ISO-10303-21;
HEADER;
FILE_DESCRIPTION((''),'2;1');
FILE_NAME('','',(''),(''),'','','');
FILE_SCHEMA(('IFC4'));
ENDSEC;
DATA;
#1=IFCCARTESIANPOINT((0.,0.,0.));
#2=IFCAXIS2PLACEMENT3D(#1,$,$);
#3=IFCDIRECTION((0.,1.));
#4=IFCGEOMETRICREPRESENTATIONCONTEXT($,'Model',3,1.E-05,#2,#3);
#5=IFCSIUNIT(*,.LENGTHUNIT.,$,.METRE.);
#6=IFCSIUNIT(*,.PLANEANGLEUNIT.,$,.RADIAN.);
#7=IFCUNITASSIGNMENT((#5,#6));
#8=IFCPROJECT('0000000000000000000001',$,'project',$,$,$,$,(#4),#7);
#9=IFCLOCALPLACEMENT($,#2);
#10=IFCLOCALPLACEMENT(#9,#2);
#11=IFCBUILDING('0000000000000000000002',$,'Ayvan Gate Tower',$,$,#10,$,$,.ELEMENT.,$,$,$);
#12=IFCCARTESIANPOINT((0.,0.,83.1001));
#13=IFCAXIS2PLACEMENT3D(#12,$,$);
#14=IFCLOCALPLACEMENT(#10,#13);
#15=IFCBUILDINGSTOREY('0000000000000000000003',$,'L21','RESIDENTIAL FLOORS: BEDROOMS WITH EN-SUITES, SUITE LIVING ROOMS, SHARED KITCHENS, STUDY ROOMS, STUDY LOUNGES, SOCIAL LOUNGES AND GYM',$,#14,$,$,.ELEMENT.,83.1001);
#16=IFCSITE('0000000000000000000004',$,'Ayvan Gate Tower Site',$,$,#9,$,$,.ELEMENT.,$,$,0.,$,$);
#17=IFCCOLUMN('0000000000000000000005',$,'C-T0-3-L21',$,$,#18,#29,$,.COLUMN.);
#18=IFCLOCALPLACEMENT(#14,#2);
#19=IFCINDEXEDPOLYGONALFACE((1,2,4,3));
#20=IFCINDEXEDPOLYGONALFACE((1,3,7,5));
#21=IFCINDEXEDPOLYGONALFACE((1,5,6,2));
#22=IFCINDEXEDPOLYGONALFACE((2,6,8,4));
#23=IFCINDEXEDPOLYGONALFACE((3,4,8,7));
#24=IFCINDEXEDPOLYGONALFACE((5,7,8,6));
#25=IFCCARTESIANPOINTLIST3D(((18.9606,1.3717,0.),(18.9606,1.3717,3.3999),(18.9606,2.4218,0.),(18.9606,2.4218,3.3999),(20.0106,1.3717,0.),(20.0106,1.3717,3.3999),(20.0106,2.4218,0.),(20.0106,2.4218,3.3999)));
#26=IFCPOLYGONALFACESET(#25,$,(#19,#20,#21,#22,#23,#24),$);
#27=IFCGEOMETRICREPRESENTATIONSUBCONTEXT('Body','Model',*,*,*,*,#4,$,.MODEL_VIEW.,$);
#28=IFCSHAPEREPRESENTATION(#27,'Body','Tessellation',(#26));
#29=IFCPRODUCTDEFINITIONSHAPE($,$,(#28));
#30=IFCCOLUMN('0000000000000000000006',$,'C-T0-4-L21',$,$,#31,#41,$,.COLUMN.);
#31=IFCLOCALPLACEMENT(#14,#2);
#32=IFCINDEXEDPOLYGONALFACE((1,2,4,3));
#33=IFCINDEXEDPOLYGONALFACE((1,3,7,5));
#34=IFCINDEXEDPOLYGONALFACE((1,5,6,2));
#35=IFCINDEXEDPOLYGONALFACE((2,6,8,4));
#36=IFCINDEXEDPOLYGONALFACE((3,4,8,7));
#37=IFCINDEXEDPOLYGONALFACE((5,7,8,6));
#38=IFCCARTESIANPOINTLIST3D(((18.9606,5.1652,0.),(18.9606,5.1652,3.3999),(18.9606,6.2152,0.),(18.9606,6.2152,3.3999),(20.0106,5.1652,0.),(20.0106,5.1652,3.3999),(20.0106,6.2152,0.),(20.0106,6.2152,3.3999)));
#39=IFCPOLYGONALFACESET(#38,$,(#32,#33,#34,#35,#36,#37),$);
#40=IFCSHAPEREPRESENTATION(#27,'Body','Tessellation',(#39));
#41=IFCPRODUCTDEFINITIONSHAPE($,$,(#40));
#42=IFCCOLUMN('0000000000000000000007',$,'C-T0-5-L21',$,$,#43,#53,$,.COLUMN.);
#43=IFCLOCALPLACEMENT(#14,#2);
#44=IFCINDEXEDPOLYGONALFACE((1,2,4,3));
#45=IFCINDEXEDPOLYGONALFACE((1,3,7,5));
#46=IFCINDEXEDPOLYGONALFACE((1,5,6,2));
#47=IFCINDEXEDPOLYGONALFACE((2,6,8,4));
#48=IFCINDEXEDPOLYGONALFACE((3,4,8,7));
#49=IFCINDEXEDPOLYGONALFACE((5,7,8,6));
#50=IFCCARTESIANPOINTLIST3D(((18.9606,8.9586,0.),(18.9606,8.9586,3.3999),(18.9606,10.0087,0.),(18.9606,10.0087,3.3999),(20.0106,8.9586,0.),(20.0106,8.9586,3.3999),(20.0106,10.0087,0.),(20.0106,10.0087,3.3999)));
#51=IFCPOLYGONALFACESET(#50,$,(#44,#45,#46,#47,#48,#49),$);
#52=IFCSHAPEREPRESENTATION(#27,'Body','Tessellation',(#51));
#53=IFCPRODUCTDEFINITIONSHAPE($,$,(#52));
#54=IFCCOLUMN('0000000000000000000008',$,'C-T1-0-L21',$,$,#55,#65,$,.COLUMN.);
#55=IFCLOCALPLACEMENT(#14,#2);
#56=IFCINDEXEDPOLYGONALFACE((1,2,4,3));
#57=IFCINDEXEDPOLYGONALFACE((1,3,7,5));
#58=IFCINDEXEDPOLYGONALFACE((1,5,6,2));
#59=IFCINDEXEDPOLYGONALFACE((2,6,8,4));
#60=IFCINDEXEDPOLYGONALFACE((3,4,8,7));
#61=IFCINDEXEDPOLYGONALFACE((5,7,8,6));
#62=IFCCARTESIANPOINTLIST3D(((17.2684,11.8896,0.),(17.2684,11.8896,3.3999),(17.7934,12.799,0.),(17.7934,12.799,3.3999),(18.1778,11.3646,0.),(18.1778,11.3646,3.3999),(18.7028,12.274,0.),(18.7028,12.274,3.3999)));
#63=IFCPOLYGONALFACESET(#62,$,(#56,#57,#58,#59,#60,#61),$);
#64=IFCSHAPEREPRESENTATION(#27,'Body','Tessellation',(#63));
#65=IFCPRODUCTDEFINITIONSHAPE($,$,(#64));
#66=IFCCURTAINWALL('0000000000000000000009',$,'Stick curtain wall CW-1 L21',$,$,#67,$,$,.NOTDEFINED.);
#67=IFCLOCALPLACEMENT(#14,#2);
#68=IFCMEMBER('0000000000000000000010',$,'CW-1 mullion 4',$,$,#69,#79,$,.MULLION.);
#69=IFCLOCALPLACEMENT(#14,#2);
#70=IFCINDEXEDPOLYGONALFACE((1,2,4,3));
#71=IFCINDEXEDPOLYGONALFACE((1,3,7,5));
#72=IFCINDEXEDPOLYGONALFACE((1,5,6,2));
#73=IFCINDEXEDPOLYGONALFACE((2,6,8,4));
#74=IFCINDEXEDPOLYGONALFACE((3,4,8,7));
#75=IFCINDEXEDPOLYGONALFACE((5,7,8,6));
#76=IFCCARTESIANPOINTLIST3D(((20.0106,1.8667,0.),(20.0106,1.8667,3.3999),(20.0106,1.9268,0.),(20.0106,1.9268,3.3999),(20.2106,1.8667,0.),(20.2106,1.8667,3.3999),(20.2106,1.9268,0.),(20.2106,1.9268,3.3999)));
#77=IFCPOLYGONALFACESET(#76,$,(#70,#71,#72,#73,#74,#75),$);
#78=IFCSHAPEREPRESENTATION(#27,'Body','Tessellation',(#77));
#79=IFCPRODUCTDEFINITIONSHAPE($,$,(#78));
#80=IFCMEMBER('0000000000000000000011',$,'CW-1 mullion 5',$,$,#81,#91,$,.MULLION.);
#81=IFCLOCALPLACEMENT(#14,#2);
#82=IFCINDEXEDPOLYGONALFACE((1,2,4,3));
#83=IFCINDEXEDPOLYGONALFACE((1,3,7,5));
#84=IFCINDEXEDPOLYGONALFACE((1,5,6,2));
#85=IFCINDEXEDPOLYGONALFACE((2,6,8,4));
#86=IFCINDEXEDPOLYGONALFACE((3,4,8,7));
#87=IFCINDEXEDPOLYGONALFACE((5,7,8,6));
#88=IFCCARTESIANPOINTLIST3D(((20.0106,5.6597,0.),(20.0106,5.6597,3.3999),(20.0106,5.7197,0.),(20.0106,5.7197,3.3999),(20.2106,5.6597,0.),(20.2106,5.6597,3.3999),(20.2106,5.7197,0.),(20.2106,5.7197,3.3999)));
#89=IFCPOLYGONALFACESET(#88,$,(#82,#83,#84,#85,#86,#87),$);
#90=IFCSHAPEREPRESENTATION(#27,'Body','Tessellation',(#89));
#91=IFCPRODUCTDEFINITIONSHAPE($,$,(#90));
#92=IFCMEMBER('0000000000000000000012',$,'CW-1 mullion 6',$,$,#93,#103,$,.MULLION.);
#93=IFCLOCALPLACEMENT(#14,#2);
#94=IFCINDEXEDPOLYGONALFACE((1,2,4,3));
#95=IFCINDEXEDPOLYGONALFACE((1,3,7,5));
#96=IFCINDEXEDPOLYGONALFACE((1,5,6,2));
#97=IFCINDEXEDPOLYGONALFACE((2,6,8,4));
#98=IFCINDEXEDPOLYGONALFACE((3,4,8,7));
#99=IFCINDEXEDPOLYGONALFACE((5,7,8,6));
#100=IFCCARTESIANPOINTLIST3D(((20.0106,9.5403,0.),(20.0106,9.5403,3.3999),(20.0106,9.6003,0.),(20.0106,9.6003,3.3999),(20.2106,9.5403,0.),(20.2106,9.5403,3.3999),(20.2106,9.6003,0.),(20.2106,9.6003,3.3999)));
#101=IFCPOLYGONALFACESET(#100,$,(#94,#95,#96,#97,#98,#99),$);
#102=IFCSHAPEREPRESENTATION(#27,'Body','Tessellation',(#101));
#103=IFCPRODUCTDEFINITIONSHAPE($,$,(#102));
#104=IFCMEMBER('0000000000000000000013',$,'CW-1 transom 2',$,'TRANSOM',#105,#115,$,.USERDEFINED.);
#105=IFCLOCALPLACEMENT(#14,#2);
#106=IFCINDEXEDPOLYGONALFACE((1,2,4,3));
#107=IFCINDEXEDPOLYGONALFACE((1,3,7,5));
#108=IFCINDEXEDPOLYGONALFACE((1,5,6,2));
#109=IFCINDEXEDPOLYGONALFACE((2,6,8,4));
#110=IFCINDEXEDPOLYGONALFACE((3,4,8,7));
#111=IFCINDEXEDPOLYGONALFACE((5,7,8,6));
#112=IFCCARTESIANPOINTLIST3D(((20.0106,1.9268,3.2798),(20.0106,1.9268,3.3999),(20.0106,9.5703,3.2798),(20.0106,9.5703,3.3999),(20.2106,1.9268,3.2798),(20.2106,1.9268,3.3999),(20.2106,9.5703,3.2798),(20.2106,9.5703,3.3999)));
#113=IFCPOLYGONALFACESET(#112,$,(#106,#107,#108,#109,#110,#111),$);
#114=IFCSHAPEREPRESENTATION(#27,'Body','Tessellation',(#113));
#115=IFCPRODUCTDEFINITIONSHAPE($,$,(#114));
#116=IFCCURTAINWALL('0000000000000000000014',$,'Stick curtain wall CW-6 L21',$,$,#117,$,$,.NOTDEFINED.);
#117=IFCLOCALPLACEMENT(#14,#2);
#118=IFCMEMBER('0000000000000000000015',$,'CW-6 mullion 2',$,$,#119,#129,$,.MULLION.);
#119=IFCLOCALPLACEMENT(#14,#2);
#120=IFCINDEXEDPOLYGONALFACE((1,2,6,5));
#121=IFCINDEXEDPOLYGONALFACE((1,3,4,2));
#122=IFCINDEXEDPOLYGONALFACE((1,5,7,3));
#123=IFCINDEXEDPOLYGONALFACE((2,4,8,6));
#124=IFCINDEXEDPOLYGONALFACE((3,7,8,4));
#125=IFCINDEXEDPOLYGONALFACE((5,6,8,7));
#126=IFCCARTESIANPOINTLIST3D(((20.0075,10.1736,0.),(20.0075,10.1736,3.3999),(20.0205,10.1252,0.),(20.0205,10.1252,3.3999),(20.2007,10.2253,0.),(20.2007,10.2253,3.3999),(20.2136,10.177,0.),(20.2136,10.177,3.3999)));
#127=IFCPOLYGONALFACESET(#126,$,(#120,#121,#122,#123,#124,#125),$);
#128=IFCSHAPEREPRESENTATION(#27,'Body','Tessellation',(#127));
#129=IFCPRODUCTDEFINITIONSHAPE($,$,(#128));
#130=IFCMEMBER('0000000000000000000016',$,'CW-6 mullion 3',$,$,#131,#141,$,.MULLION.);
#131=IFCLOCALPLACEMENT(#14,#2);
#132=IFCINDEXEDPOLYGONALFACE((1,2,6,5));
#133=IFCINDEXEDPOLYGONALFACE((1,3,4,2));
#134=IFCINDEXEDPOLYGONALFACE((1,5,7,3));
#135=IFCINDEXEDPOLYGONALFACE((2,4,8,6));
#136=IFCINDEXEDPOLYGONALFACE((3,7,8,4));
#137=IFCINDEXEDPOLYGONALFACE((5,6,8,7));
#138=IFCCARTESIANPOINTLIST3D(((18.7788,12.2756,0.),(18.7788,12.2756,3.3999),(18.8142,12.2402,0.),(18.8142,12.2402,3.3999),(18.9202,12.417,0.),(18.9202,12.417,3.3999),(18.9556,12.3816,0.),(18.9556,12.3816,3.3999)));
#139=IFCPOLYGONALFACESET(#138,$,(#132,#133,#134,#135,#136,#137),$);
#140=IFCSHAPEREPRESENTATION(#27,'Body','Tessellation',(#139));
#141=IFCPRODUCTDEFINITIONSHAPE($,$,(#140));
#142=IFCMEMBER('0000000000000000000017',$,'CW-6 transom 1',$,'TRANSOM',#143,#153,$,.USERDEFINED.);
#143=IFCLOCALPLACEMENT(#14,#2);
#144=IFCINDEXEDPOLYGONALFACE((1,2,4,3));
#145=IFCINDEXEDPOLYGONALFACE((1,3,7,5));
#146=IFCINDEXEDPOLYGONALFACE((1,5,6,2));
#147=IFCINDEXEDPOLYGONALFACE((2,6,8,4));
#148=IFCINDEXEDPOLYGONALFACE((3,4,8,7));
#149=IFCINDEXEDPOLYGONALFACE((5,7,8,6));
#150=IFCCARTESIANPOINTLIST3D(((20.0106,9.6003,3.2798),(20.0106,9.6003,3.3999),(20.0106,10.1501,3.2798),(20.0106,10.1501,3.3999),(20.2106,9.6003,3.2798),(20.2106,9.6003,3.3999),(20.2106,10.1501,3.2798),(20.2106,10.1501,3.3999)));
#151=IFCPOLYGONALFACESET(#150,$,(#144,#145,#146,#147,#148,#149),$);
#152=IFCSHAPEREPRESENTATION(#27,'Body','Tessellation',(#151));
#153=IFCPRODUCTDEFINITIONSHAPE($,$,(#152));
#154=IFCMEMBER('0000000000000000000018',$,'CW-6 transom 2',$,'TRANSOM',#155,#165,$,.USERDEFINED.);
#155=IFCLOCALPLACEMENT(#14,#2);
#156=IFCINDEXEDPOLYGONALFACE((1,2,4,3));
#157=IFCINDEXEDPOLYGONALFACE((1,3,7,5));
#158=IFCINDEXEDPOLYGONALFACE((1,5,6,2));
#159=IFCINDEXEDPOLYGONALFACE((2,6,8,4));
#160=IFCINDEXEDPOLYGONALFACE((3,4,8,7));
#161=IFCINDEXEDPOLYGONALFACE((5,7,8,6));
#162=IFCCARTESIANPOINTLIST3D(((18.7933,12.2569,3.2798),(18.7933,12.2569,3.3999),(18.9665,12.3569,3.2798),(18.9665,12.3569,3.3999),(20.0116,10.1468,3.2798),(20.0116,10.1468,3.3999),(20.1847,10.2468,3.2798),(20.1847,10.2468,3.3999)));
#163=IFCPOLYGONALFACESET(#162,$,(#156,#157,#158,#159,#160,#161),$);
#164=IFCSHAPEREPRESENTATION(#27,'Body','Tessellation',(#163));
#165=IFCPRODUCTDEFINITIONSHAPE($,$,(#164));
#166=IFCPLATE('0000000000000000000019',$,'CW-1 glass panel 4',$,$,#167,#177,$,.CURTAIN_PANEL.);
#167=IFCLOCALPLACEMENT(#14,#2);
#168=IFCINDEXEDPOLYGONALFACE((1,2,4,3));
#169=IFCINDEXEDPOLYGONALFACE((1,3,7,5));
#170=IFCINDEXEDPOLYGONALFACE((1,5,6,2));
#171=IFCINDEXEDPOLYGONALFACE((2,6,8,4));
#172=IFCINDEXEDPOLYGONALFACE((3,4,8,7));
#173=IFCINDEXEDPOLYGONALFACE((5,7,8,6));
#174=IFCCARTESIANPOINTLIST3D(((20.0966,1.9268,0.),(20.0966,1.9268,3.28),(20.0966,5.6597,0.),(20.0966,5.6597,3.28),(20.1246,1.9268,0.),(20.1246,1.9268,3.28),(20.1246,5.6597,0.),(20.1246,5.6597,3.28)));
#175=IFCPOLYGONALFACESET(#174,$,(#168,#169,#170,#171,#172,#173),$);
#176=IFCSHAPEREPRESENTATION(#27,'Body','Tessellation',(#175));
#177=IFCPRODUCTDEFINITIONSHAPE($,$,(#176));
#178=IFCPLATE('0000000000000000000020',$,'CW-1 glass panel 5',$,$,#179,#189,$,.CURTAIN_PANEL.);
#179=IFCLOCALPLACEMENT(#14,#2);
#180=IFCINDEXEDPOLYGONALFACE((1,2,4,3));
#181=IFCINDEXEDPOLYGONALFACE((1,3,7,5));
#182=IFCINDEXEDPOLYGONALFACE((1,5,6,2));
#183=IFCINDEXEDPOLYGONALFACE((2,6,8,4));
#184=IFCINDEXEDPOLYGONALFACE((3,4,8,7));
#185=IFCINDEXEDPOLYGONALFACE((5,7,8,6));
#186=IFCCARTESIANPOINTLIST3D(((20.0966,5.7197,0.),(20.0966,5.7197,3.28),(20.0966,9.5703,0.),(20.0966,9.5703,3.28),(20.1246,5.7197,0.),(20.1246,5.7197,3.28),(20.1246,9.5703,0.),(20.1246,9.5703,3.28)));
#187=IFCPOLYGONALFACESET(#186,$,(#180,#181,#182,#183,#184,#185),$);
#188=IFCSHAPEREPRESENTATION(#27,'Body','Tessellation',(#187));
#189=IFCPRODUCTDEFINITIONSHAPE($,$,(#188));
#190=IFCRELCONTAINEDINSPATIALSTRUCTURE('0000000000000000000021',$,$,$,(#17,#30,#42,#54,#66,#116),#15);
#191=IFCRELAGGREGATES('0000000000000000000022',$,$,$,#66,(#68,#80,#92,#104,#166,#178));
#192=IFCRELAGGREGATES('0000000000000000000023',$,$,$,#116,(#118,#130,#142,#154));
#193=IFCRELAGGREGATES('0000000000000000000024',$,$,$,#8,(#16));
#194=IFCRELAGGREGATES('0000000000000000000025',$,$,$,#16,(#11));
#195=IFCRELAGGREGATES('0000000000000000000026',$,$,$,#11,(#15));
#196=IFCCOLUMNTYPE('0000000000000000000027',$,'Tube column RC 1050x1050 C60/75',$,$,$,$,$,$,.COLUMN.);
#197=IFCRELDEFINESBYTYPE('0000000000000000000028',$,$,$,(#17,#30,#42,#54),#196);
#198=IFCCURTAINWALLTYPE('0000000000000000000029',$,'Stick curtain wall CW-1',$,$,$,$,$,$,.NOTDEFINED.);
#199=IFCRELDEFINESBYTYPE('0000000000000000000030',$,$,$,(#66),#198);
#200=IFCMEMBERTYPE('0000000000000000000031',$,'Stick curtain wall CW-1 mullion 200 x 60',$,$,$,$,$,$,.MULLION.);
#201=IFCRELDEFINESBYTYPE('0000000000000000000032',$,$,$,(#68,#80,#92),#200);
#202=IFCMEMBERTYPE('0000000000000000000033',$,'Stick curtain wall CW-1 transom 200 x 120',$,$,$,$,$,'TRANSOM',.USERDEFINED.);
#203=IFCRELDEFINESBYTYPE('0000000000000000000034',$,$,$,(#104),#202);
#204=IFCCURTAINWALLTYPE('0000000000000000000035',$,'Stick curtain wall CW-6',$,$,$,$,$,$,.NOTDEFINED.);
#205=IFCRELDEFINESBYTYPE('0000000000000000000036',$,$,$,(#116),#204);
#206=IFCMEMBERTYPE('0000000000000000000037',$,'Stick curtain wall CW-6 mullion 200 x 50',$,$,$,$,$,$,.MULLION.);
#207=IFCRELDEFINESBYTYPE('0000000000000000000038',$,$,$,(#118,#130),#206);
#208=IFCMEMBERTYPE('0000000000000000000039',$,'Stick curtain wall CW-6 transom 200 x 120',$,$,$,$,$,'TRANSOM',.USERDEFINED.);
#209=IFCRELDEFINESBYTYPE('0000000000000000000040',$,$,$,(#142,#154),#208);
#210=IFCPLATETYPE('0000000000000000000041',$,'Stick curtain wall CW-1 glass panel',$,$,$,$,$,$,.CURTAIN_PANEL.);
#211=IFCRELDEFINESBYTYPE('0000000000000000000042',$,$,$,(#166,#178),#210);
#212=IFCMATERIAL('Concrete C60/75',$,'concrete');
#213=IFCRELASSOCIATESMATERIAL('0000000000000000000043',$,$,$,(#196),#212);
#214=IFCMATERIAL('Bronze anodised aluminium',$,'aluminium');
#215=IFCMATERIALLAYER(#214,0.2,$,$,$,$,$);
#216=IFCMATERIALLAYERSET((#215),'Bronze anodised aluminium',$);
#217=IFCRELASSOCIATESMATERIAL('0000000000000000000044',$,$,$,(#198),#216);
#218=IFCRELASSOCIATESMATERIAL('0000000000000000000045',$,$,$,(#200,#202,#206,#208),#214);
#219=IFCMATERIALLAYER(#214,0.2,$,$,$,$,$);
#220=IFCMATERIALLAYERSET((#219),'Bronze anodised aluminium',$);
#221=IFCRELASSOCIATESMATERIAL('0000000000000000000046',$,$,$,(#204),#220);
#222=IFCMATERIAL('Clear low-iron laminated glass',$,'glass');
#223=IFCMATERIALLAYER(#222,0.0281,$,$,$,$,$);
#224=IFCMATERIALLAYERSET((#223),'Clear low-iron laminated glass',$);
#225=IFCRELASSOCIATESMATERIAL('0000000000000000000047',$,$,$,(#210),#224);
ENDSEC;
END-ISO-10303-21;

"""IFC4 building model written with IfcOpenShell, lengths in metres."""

from ifc_helpers import new_model, si_unit, direction, frame, origin, origin_2d, place, context, subcontext, project, spatial, rectangle, extrude, material, layer, layer_set, material_profile, profile_set, type_object, element, aggregate, save


model = new_model("IFC4")

# Units and contexts
model_context = context("Model", 3, precision=1e-05, world=origin(), true_north=direction((0.0, 1.0)))
body_context = subcontext(model_context, "Body", "Model", "MODEL_VIEW")
ifc_project = project(units=[si_unit("LENGTHUNIT", "METRE"), si_unit("PLANEANGLEUNIT", "RADIAN")], contexts=[model_context])

# Site, building, storey
site_placement = place(None, origin())
site = spatial("IfcSite", under=ifc_project, at=site_placement, Name="Ayvan Gate Tower Site", CompositionType="ELEMENT", RefElevation=0.0)
building_placement = place(site_placement, origin())
building = spatial("IfcBuilding", under=site, at=building_placement, Name="Ayvan Gate Tower", CompositionType="ELEMENT")
storey_placement = place(building_placement, frame((0.0, 0.0, 83.1001)))
storey = spatial("IfcBuildingStorey", under=building, at=storey_placement, Name="L21", Description="RESIDENTIAL FLOORS: BEDROOMS WITH EN-SUITES, SUITE LIVING ROOMS, SHARED KITCHENS, STUDY ROOMS, STUDY LOUNGES, SOCIAL LOUNGES AND GYM", CompositionType="ELEMENT", Elevation=83.1001)

# Columns
ifc_material_1 = material(Name="Concrete C60/75", Category="concrete")
ifc_material_profile_1 = material_profile(ifc_material_1, rectangle(XDim=1.05, YDim=1.05, at=origin_2d()), Name="RC 1050x1050")
ifc_profile_set_1 = profile_set([ifc_material_profile_1], Name="Concrete C60/75")
column_type = type_object("IfcColumnType", Name="Tube column RC 1050x1050 C60/75", PredefinedType="COLUMN", material=ifc_profile_set_1)
for number, where, z_axis, x_axis, name in (
    (1, (19.4856, 1.8967, 0.0), (0.0, 0.0, 1.0), (1.0, 0.0, 0.0), "C-T0-3-L21"),
    (2, (19.4856, 5.6902, 0.0), (0.0, 0.0, 1.0), (1.0, 0.0, 0.0), "C-T0-4-L21"),
    (3, (19.4856, 9.4836, 0.0), (0.0, 0.0, 1.0), (1.0, 0.0, 0.0), "C-T0-5-L21"),
    (4, (17.9856, 12.0818, 0.0), (0.0, 0.0, 1.0), (0.5, 0.866025, 0.0), "C-T1-0-L21"),
):
    element("IfcColumn", number, at=place(storey_placement, frame(where, z_axis=z_axis, x_axis=x_axis)), inside=storey, type_object=column_type, Name=name, PredefinedType="COLUMN", context=body_context, shape_type="SweptSolid", body=[
        extrude(rectangle(XDim=1.05, YDim=1.05, at=origin_2d()), origin(), (0.0, 0.0, 1.0), 3.3999),
    ])

# Curtain walls, members
ifc_material_2 = material(Name="Bronze anodised aluminium", Category="aluminium")
ifc_layer_1 = layer(ifc_material_2, 0.2)
ifc_layer_set_1 = layer_set([ifc_layer_1], Name="Bronze anodised aluminium")
curtain_wall_type_1 = type_object("IfcCurtainWallType", Name="Stick curtain wall CW-1", PredefinedType="NOTDEFINED", material=ifc_layer_set_1)
curtain_wall_1_placement = place(storey_placement, origin())
curtain_wall_1 = element("IfcCurtainWall", 5, at=curtain_wall_1_placement, inside=storey, type_object=curtain_wall_type_1, Name="Stick curtain wall CW-1 L21", PredefinedType="NOTDEFINED")
ifc_material_profile_2 = material_profile(ifc_material_2, rectangle(XDim=0.2, YDim=0.0601, at=origin_2d()), Name="Stick curtain wall CW-1 mullion 200 x 60")
ifc_profile_set_2 = profile_set([ifc_material_profile_2], Name="Bronze anodised aluminium")
member_type_1 = type_object("IfcMemberType", Name="Stick curtain wall CW-1 mullion 200 x 60", PredefinedType="MULLION", material=ifc_profile_set_2)
member_1_placement = place(storey_placement, frame((20.1106, 1.8967, 0.0), z_axis=(0.0, 0.0, 1.0), x_axis=(1.0, 0.0, 0.0)))
member_1 = element("IfcMember", 6, at=member_1_placement, type_object=member_type_1, Name="CW-1 mullion 4", PredefinedType="MULLION", context=body_context, shape_type="SweptSolid", body=[
    extrude(rectangle(XDim=0.2, YDim=0.0601, at=origin_2d()), origin(), (0.0, 0.0, 1.0), 3.3999),
])
member_2_placement = place(storey_placement, frame((20.1106, 5.6897, 0.0), z_axis=(0.0, 0.0, 1.0), x_axis=(1.0, 0.0, 0.0)))
member_2 = element("IfcMember", 7, at=member_2_placement, type_object=member_type_1, Name="CW-1 mullion 5", PredefinedType="MULLION", context=body_context, shape_type="SweptSolid", body=[
    extrude(rectangle(XDim=0.2, YDim=0.0601, at=origin_2d()), origin(), (0.0, 0.0, 1.0), 3.3999),
])
member_3_placement = place(storey_placement, frame((20.1106, 9.5703, 0.0), z_axis=(0.0, 0.0, 1.0), x_axis=(1.0, 0.0, 0.0)))
member_3 = element("IfcMember", 8, at=member_3_placement, type_object=member_type_1, Name="CW-1 mullion 6", PredefinedType="MULLION", context=body_context, shape_type="SweptSolid", body=[
    extrude(rectangle(XDim=0.2, YDim=0.0601, at=origin_2d()), origin(), (0.0, 0.0, 1.0), 3.3999),
])
ifc_material_profile_3 = material_profile(ifc_material_2, rectangle(XDim=0.2, YDim=0.1201, at=origin_2d()), Name="Stick curtain wall CW-1 transom 200 x 120")
ifc_profile_set_3 = profile_set([ifc_material_profile_3], Name="Bronze anodised aluminium")
member_type_2 = type_object("IfcMemberType", Name="Stick curtain wall CW-1 transom 200 x 120", ElementType="TRANSOM", PredefinedType="USERDEFINED", material=ifc_profile_set_3)
member_4_placement = place(storey_placement, frame((20.1106, 1.9268, 3.3398), z_axis=(0.0, 1.0, 0.0), x_axis=(-1.0, 0.0, 0.0)))
member_4 = element("IfcMember", 9, at=member_4_placement, type_object=member_type_2, Name="CW-1 transom 2", ObjectType="TRANSOM", PredefinedType="USERDEFINED", context=body_context, shape_type="SweptSolid", body=[
    extrude(rectangle(XDim=0.2, YDim=0.1201, at=origin_2d()), origin(), (0.0, 0.0, 1.0), 7.6436),
])
ifc_layer_2 = layer(ifc_material_2, 0.2)
ifc_layer_set_2 = layer_set([ifc_layer_2], Name="Bronze anodised aluminium")
curtain_wall_type_2 = type_object("IfcCurtainWallType", Name="Stick curtain wall CW-6", PredefinedType="NOTDEFINED", material=ifc_layer_set_2)
curtain_wall_2_placement = place(storey_placement, origin())
curtain_wall_2 = element("IfcCurtainWall", 10, at=curtain_wall_2_placement, inside=storey, type_object=curtain_wall_type_2, Name="Stick curtain wall CW-6 L21", PredefinedType="NOTDEFINED")
ifc_material_profile_4 = material_profile(ifc_material_2, rectangle(XDim=0.2, YDim=0.05, at=origin_2d()), Name="Stick curtain wall CW-6 mullion 200 x 50")
ifc_profile_set_4 = profile_set([ifc_material_profile_4], Name="Bronze anodised aluminium")
member_type_3 = type_object("IfcMemberType", Name="Stick curtain wall CW-6 mullion 200 x 50", PredefinedType="MULLION", material=ifc_profile_set_4)
member_5_placement = place(storey_placement, frame((20.1106, 10.1753, 0.0), z_axis=(0.0, 0.0, 1.0), x_axis=(0.965926, 0.258819, 0.0)))
member_5 = element("IfcMember", 11, at=member_5_placement, type_object=member_type_3, Name="CW-6 mullion 2", PredefinedType="MULLION", context=body_context, shape_type="SweptSolid", body=[
    extrude(rectangle(XDim=0.2, YDim=0.05, at=origin_2d()), origin(), (0.0, 0.0, 1.0), 3.3999),
])
member_6_placement = place(storey_placement, frame((18.8672, 12.3286, 0.0), z_axis=(0.0, 0.0, 1.0), x_axis=(0.707107, 0.707107, 0.0)))
member_6 = element("IfcMember", 12, at=member_6_placement, type_object=member_type_3, Name="CW-6 mullion 3", PredefinedType="MULLION", context=body_context, shape_type="SweptSolid", body=[
    extrude(rectangle(XDim=0.2, YDim=0.05, at=origin_2d()), origin(), (0.0, 0.0, 1.0), 3.3999),
])
ifc_material_profile_5 = material_profile(ifc_material_2, rectangle(XDim=0.2, YDim=0.1201, at=origin_2d()), Name="Stick curtain wall CW-6 transom 200 x 120")
ifc_profile_set_5 = profile_set([ifc_material_profile_5], Name="Bronze anodised aluminium")
member_type_4 = type_object("IfcMemberType", Name="Stick curtain wall CW-6 transom 200 x 120", ElementType="TRANSOM", PredefinedType="USERDEFINED", material=ifc_profile_set_5)
member_7_placement = place(storey_placement, frame((20.1106, 9.6003, 3.3398), z_axis=(0.0, 1.0, 0.0), x_axis=(-1.0, 0.0, 0.0)))
member_7 = element("IfcMember", 13, at=member_7_placement, type_object=member_type_4, Name="CW-6 transom 1", ObjectType="TRANSOM", PredefinedType="USERDEFINED", context=body_context, shape_type="SweptSolid", body=[
    extrude(rectangle(XDim=0.2, YDim=0.1201, at=origin_2d()), origin(), (0.0, 0.0, 1.0), 0.5498),
])
member_8_placement = place(storey_placement, frame((20.0981, 10.1968, 3.3398), z_axis=(-0.499997, 0.866027, 0.0), x_axis=(-0.866027, -0.499997, 0.0)))
member_8 = element("IfcMember", 14, at=member_8_placement, type_object=member_type_4, Name="CW-6 transom 2", ObjectType="TRANSOM", PredefinedType="USERDEFINED", context=body_context, shape_type="SweptSolid", body=[
    extrude(rectangle(XDim=0.2, YDim=0.1201, at=origin_2d()), origin(), (0.0, 0.0, 1.0), 2.4365),
])

# Plates
ifc_material_3 = material(Name="Clear low-iron laminated glass", Category="glass")
ifc_layer_3 = layer(ifc_material_3, 0.0281)
ifc_layer_set_3 = layer_set([ifc_layer_3], Name="Clear low-iron laminated glass")
plate_type_1 = type_object("IfcPlateType", Name="Stick curtain wall CW-1 glass panel", PredefinedType="CURTAIN_PANEL", material=ifc_layer_set_3)
plate_1_placement = place(storey_placement, frame((20.1106, 3.7932, 0.0), z_axis=(0.0, 0.0, 1.0), x_axis=(0.0, 1.0, 0.0)))
plate_1 = element("IfcPlate", 15, at=plate_1_placement, type_object=plate_type_1, Name="CW-1 glass panel 4", PredefinedType="CURTAIN_PANEL", context=body_context, shape_type="SweptSolid", body=[
    extrude(rectangle(XDim=3.7329, YDim=0.0281, at=origin_2d()), origin(), (0.0, 0.0, 1.0), 3.28),
])
plate_2_placement = place(storey_placement, frame((20.1106, 7.645, 0.0), z_axis=(0.0, 0.0, 1.0), x_axis=(0.0, 1.0, 0.0)))
plate_2 = element("IfcPlate", 16, at=plate_2_placement, type_object=plate_type_1, Name="CW-1 glass panel 5", PredefinedType="CURTAIN_PANEL", context=body_context, shape_type="SweptSolid", body=[
    extrude(rectangle(XDim=3.8506, YDim=0.0281, at=origin_2d()), origin(), (0.0, 0.0, 1.0), 3.28),
])
aggregate(curtain_wall_1, [member_1, member_2, member_3, member_4, plate_1, plate_2])
aggregate(curtain_wall_2, [member_5, member_6, member_7, member_8])

save(model, "model.ifc")
